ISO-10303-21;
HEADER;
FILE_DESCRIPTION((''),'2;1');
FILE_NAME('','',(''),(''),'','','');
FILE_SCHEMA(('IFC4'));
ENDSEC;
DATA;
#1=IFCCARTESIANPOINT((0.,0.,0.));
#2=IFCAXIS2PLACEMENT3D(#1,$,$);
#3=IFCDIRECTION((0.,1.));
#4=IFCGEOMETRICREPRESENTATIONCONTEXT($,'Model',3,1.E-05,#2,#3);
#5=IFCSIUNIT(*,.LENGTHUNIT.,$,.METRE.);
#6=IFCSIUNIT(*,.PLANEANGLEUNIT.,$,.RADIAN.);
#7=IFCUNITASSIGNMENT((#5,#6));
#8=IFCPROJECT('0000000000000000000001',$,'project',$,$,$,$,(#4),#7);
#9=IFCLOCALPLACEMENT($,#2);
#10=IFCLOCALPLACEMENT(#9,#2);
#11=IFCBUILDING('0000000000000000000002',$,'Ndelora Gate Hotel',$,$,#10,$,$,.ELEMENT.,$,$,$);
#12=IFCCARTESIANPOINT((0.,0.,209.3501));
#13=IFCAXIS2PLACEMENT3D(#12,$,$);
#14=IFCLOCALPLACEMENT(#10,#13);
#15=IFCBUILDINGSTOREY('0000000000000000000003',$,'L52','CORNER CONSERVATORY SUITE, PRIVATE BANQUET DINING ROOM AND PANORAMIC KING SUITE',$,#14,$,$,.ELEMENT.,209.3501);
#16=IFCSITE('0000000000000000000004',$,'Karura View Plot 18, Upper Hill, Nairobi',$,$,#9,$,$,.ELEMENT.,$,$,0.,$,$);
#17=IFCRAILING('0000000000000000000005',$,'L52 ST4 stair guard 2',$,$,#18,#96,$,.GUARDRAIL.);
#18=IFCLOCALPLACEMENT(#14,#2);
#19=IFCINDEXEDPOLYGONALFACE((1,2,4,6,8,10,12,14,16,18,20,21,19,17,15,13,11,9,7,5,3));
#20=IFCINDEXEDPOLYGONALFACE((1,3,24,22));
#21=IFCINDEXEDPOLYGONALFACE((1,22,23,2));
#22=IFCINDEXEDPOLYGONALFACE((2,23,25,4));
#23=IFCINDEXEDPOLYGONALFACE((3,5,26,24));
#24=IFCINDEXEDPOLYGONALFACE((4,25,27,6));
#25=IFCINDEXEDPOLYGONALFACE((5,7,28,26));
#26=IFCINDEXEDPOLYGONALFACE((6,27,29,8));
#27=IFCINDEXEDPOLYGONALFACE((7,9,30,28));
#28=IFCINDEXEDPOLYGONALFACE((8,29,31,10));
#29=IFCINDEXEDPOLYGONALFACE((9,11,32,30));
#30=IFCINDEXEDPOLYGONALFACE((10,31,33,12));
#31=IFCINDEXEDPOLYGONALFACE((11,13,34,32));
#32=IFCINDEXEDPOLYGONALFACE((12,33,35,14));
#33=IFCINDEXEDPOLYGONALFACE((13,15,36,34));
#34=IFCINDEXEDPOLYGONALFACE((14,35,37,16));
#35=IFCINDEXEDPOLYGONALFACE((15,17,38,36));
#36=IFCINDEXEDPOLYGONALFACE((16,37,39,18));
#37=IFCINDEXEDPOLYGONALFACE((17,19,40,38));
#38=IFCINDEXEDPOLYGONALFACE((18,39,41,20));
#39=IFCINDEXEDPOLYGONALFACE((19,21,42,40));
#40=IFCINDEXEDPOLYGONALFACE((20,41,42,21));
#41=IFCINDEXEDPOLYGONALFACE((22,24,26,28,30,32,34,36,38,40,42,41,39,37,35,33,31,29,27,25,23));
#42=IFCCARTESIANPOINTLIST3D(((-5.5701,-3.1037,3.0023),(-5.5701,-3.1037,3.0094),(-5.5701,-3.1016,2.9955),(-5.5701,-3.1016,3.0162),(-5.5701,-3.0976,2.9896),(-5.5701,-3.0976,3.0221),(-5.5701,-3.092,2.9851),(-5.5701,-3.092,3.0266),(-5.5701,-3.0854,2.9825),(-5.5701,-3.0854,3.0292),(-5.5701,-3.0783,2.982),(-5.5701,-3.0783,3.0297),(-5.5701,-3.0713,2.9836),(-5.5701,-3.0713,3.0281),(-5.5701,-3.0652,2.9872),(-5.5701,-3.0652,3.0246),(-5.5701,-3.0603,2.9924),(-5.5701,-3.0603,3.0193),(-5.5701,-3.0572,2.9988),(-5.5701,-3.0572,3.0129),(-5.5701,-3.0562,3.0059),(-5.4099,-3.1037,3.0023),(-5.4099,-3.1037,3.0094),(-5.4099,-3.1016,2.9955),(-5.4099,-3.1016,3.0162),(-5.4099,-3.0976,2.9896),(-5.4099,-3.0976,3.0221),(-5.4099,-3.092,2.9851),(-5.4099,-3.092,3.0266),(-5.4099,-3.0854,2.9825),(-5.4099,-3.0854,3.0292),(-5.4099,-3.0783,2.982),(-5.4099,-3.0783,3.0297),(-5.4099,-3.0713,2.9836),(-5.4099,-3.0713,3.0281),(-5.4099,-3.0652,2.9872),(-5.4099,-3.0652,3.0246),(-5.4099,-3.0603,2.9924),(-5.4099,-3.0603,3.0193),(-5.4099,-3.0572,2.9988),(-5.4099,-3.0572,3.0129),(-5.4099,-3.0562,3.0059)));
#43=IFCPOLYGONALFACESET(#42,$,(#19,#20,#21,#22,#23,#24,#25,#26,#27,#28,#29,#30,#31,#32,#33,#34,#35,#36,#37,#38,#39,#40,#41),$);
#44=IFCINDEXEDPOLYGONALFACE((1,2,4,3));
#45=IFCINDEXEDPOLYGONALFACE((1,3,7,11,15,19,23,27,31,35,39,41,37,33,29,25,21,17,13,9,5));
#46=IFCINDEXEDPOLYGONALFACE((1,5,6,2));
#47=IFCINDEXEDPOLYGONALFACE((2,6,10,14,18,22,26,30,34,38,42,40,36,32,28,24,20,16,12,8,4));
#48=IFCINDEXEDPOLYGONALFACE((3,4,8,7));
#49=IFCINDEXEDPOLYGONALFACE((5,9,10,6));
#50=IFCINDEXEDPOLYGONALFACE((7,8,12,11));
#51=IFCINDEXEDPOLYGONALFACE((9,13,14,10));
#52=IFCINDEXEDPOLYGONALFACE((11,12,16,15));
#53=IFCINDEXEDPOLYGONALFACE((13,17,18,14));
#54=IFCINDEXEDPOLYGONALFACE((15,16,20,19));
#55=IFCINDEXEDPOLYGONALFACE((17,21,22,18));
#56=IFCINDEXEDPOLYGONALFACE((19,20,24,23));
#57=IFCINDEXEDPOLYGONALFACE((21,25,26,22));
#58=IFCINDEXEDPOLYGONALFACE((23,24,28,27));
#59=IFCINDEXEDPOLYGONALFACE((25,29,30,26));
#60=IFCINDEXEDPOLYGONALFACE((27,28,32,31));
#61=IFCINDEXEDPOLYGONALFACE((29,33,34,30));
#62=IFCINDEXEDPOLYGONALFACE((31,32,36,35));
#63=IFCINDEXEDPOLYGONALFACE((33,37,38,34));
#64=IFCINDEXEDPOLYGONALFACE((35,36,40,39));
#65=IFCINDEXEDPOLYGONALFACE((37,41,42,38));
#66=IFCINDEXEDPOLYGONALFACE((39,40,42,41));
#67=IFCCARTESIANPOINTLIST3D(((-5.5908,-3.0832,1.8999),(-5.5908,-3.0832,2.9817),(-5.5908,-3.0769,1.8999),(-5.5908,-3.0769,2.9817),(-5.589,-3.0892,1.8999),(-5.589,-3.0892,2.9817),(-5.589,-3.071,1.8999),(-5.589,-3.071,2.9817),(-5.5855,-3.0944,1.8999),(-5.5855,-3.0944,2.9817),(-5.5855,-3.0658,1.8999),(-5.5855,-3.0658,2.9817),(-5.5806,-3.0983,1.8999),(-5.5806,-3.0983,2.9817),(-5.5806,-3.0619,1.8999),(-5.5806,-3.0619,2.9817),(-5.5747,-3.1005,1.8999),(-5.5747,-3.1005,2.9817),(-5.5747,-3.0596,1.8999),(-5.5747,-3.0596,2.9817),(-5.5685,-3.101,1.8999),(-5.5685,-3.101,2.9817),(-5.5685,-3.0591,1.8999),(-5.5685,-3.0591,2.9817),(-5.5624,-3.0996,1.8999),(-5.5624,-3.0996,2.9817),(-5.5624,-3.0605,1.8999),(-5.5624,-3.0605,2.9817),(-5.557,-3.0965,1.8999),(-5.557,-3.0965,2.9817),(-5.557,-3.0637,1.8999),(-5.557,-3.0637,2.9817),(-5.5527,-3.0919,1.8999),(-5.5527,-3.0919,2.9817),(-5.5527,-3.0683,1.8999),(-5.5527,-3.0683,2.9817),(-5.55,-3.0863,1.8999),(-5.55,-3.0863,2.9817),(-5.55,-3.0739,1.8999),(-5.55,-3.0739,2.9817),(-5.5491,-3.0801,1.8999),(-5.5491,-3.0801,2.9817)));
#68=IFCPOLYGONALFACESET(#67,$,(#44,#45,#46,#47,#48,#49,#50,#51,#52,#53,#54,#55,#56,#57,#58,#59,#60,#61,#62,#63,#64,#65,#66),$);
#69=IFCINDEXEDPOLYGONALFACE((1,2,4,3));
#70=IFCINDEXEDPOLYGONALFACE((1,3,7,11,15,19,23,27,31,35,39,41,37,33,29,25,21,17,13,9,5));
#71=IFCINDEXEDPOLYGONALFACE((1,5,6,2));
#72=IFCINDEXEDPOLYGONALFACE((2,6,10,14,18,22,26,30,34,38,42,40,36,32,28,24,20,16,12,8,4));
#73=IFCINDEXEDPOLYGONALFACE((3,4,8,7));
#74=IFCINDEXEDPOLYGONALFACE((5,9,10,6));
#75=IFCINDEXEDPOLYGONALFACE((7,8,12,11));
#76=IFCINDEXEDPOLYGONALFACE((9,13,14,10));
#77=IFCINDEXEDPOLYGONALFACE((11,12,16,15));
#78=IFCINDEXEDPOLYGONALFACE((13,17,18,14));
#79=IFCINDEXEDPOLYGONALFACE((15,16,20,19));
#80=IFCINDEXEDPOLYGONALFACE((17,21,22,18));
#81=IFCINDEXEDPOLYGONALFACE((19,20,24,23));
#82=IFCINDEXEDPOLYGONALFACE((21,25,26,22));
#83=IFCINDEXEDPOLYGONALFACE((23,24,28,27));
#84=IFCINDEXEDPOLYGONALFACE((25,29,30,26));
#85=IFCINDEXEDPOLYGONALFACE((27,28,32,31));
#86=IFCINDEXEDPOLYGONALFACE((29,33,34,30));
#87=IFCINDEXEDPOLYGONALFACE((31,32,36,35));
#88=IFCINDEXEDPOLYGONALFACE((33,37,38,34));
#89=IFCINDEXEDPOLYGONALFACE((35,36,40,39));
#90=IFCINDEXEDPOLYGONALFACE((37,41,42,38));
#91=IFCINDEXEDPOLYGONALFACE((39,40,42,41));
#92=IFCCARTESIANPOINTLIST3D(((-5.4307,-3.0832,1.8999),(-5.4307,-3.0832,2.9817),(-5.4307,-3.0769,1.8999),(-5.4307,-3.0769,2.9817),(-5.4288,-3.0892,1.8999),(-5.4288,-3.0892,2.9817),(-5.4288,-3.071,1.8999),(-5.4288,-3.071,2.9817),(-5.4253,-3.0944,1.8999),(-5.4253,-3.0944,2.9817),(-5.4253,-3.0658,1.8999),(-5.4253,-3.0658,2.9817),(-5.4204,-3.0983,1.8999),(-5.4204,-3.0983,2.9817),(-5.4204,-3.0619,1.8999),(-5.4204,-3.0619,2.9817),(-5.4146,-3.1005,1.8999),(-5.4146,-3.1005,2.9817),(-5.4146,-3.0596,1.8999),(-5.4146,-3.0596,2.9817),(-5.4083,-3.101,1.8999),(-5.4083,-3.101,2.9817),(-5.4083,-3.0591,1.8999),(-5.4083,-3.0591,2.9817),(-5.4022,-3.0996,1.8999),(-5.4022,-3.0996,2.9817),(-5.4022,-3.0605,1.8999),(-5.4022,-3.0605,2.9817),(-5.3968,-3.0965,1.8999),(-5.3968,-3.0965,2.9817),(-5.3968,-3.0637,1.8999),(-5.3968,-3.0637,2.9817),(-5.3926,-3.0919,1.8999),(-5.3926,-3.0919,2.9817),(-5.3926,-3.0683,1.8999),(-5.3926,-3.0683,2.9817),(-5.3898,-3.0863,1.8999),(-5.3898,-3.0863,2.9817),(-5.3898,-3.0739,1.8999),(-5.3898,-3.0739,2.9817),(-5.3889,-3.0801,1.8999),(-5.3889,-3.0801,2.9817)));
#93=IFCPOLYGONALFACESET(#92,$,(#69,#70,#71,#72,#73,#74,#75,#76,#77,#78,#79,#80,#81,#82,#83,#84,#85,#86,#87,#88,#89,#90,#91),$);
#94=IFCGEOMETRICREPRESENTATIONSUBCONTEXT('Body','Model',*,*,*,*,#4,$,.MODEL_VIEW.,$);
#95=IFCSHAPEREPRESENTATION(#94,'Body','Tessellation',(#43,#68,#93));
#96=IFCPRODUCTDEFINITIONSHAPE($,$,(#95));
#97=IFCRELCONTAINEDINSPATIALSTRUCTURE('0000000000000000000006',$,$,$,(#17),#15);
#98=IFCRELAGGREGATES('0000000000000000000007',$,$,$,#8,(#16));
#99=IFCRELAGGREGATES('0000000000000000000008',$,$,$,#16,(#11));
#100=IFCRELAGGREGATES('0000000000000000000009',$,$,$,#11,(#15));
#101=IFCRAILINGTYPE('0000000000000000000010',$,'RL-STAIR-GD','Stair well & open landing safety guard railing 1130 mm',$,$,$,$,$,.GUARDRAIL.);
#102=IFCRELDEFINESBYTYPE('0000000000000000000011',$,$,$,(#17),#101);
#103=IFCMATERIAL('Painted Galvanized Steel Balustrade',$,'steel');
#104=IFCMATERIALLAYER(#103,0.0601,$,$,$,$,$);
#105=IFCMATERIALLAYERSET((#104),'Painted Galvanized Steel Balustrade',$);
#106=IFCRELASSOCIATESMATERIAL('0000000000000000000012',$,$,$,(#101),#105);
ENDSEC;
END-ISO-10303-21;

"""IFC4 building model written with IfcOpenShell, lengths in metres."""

from ifc_helpers import new_model, si_unit, direction, frame, origin, origin_2d, place, context, subcontext, project, spatial, circle, extrude, material, layer, layer_set, type_object, element, save


model = new_model("IFC4")

# Units and contexts
model_context = context("Model", 3, precision=1e-05, world=origin(), true_north=direction((0.0, 1.0)))
body_context = subcontext(model_context, "Body", "Model", "MODEL_VIEW")
ifc_project = project(units=[si_unit("LENGTHUNIT", "METRE"), si_unit("PLANEANGLEUNIT", "RADIAN")], contexts=[model_context])

# Site, building, storey
site_placement = place(None, origin())
site = spatial("IfcSite", under=ifc_project, at=site_placement, Name="Karura View Plot 18, Upper Hill, Nairobi", CompositionType="ELEMENT", RefElevation=0.0)
building_placement = place(site_placement, origin())
building = spatial("IfcBuilding", under=site, at=building_placement, Name="Ndelora Gate Hotel", CompositionType="ELEMENT")
storey_placement = place(building_placement, frame((0.0, 0.0, 209.3501)))
storey = spatial("IfcBuildingStorey", under=building, at=storey_placement, Name="L52", Description="CORNER CONSERVATORY SUITE, PRIVATE BANQUET DINING ROOM AND PANORAMIC KING SUITE", CompositionType="ELEMENT", Elevation=209.3501)

# Railing
ifc_material_1 = material(Name="Painted Galvanized Steel Balustrade", Category="steel")
ifc_layer_1 = layer(ifc_material_1, 0.0601)
ifc_layer_set_1 = layer_set([ifc_layer_1], Name="Painted Galvanized Steel Balustrade")
railing_type_1 = type_object("IfcRailingType", Name="RL-STAIR-GD", Description="Stair well & open landing safety guard railing 1130 mm", PredefinedType="GUARDRAIL", material=ifc_layer_set_1)
railing_1_placement = place(storey_placement, frame((-5.5701, -3.0801, 1.8999)))
element("IfcRailing", 1, at=railing_1_placement, inside=storey, type_object=railing_type_1, Name="L52 ST4 stair guard 2", PredefinedType="GUARDRAIL", context=body_context, shape_type="SweptSolid", body=[
    extrude(circle(Radius=0.0239, at=origin_2d()), frame((0.0, 0.0, 1.106), z_axis=(1.0, 0.0, 0.0), x_axis=(0.0, 1.0, 0.0)), (0.0, 0.0, 1.0), 0.1602),
    extrude(circle(Radius=0.021, at=origin_2d()), origin(), (0.0, 0.0, 1.0), 1.0818),
    extrude(circle(Radius=0.021, at=origin_2d()), frame((0.1602, 0.0, 0.0)), (0.0, 0.0, 1.0), 1.0818),
])

save(model, "model.ifc")
